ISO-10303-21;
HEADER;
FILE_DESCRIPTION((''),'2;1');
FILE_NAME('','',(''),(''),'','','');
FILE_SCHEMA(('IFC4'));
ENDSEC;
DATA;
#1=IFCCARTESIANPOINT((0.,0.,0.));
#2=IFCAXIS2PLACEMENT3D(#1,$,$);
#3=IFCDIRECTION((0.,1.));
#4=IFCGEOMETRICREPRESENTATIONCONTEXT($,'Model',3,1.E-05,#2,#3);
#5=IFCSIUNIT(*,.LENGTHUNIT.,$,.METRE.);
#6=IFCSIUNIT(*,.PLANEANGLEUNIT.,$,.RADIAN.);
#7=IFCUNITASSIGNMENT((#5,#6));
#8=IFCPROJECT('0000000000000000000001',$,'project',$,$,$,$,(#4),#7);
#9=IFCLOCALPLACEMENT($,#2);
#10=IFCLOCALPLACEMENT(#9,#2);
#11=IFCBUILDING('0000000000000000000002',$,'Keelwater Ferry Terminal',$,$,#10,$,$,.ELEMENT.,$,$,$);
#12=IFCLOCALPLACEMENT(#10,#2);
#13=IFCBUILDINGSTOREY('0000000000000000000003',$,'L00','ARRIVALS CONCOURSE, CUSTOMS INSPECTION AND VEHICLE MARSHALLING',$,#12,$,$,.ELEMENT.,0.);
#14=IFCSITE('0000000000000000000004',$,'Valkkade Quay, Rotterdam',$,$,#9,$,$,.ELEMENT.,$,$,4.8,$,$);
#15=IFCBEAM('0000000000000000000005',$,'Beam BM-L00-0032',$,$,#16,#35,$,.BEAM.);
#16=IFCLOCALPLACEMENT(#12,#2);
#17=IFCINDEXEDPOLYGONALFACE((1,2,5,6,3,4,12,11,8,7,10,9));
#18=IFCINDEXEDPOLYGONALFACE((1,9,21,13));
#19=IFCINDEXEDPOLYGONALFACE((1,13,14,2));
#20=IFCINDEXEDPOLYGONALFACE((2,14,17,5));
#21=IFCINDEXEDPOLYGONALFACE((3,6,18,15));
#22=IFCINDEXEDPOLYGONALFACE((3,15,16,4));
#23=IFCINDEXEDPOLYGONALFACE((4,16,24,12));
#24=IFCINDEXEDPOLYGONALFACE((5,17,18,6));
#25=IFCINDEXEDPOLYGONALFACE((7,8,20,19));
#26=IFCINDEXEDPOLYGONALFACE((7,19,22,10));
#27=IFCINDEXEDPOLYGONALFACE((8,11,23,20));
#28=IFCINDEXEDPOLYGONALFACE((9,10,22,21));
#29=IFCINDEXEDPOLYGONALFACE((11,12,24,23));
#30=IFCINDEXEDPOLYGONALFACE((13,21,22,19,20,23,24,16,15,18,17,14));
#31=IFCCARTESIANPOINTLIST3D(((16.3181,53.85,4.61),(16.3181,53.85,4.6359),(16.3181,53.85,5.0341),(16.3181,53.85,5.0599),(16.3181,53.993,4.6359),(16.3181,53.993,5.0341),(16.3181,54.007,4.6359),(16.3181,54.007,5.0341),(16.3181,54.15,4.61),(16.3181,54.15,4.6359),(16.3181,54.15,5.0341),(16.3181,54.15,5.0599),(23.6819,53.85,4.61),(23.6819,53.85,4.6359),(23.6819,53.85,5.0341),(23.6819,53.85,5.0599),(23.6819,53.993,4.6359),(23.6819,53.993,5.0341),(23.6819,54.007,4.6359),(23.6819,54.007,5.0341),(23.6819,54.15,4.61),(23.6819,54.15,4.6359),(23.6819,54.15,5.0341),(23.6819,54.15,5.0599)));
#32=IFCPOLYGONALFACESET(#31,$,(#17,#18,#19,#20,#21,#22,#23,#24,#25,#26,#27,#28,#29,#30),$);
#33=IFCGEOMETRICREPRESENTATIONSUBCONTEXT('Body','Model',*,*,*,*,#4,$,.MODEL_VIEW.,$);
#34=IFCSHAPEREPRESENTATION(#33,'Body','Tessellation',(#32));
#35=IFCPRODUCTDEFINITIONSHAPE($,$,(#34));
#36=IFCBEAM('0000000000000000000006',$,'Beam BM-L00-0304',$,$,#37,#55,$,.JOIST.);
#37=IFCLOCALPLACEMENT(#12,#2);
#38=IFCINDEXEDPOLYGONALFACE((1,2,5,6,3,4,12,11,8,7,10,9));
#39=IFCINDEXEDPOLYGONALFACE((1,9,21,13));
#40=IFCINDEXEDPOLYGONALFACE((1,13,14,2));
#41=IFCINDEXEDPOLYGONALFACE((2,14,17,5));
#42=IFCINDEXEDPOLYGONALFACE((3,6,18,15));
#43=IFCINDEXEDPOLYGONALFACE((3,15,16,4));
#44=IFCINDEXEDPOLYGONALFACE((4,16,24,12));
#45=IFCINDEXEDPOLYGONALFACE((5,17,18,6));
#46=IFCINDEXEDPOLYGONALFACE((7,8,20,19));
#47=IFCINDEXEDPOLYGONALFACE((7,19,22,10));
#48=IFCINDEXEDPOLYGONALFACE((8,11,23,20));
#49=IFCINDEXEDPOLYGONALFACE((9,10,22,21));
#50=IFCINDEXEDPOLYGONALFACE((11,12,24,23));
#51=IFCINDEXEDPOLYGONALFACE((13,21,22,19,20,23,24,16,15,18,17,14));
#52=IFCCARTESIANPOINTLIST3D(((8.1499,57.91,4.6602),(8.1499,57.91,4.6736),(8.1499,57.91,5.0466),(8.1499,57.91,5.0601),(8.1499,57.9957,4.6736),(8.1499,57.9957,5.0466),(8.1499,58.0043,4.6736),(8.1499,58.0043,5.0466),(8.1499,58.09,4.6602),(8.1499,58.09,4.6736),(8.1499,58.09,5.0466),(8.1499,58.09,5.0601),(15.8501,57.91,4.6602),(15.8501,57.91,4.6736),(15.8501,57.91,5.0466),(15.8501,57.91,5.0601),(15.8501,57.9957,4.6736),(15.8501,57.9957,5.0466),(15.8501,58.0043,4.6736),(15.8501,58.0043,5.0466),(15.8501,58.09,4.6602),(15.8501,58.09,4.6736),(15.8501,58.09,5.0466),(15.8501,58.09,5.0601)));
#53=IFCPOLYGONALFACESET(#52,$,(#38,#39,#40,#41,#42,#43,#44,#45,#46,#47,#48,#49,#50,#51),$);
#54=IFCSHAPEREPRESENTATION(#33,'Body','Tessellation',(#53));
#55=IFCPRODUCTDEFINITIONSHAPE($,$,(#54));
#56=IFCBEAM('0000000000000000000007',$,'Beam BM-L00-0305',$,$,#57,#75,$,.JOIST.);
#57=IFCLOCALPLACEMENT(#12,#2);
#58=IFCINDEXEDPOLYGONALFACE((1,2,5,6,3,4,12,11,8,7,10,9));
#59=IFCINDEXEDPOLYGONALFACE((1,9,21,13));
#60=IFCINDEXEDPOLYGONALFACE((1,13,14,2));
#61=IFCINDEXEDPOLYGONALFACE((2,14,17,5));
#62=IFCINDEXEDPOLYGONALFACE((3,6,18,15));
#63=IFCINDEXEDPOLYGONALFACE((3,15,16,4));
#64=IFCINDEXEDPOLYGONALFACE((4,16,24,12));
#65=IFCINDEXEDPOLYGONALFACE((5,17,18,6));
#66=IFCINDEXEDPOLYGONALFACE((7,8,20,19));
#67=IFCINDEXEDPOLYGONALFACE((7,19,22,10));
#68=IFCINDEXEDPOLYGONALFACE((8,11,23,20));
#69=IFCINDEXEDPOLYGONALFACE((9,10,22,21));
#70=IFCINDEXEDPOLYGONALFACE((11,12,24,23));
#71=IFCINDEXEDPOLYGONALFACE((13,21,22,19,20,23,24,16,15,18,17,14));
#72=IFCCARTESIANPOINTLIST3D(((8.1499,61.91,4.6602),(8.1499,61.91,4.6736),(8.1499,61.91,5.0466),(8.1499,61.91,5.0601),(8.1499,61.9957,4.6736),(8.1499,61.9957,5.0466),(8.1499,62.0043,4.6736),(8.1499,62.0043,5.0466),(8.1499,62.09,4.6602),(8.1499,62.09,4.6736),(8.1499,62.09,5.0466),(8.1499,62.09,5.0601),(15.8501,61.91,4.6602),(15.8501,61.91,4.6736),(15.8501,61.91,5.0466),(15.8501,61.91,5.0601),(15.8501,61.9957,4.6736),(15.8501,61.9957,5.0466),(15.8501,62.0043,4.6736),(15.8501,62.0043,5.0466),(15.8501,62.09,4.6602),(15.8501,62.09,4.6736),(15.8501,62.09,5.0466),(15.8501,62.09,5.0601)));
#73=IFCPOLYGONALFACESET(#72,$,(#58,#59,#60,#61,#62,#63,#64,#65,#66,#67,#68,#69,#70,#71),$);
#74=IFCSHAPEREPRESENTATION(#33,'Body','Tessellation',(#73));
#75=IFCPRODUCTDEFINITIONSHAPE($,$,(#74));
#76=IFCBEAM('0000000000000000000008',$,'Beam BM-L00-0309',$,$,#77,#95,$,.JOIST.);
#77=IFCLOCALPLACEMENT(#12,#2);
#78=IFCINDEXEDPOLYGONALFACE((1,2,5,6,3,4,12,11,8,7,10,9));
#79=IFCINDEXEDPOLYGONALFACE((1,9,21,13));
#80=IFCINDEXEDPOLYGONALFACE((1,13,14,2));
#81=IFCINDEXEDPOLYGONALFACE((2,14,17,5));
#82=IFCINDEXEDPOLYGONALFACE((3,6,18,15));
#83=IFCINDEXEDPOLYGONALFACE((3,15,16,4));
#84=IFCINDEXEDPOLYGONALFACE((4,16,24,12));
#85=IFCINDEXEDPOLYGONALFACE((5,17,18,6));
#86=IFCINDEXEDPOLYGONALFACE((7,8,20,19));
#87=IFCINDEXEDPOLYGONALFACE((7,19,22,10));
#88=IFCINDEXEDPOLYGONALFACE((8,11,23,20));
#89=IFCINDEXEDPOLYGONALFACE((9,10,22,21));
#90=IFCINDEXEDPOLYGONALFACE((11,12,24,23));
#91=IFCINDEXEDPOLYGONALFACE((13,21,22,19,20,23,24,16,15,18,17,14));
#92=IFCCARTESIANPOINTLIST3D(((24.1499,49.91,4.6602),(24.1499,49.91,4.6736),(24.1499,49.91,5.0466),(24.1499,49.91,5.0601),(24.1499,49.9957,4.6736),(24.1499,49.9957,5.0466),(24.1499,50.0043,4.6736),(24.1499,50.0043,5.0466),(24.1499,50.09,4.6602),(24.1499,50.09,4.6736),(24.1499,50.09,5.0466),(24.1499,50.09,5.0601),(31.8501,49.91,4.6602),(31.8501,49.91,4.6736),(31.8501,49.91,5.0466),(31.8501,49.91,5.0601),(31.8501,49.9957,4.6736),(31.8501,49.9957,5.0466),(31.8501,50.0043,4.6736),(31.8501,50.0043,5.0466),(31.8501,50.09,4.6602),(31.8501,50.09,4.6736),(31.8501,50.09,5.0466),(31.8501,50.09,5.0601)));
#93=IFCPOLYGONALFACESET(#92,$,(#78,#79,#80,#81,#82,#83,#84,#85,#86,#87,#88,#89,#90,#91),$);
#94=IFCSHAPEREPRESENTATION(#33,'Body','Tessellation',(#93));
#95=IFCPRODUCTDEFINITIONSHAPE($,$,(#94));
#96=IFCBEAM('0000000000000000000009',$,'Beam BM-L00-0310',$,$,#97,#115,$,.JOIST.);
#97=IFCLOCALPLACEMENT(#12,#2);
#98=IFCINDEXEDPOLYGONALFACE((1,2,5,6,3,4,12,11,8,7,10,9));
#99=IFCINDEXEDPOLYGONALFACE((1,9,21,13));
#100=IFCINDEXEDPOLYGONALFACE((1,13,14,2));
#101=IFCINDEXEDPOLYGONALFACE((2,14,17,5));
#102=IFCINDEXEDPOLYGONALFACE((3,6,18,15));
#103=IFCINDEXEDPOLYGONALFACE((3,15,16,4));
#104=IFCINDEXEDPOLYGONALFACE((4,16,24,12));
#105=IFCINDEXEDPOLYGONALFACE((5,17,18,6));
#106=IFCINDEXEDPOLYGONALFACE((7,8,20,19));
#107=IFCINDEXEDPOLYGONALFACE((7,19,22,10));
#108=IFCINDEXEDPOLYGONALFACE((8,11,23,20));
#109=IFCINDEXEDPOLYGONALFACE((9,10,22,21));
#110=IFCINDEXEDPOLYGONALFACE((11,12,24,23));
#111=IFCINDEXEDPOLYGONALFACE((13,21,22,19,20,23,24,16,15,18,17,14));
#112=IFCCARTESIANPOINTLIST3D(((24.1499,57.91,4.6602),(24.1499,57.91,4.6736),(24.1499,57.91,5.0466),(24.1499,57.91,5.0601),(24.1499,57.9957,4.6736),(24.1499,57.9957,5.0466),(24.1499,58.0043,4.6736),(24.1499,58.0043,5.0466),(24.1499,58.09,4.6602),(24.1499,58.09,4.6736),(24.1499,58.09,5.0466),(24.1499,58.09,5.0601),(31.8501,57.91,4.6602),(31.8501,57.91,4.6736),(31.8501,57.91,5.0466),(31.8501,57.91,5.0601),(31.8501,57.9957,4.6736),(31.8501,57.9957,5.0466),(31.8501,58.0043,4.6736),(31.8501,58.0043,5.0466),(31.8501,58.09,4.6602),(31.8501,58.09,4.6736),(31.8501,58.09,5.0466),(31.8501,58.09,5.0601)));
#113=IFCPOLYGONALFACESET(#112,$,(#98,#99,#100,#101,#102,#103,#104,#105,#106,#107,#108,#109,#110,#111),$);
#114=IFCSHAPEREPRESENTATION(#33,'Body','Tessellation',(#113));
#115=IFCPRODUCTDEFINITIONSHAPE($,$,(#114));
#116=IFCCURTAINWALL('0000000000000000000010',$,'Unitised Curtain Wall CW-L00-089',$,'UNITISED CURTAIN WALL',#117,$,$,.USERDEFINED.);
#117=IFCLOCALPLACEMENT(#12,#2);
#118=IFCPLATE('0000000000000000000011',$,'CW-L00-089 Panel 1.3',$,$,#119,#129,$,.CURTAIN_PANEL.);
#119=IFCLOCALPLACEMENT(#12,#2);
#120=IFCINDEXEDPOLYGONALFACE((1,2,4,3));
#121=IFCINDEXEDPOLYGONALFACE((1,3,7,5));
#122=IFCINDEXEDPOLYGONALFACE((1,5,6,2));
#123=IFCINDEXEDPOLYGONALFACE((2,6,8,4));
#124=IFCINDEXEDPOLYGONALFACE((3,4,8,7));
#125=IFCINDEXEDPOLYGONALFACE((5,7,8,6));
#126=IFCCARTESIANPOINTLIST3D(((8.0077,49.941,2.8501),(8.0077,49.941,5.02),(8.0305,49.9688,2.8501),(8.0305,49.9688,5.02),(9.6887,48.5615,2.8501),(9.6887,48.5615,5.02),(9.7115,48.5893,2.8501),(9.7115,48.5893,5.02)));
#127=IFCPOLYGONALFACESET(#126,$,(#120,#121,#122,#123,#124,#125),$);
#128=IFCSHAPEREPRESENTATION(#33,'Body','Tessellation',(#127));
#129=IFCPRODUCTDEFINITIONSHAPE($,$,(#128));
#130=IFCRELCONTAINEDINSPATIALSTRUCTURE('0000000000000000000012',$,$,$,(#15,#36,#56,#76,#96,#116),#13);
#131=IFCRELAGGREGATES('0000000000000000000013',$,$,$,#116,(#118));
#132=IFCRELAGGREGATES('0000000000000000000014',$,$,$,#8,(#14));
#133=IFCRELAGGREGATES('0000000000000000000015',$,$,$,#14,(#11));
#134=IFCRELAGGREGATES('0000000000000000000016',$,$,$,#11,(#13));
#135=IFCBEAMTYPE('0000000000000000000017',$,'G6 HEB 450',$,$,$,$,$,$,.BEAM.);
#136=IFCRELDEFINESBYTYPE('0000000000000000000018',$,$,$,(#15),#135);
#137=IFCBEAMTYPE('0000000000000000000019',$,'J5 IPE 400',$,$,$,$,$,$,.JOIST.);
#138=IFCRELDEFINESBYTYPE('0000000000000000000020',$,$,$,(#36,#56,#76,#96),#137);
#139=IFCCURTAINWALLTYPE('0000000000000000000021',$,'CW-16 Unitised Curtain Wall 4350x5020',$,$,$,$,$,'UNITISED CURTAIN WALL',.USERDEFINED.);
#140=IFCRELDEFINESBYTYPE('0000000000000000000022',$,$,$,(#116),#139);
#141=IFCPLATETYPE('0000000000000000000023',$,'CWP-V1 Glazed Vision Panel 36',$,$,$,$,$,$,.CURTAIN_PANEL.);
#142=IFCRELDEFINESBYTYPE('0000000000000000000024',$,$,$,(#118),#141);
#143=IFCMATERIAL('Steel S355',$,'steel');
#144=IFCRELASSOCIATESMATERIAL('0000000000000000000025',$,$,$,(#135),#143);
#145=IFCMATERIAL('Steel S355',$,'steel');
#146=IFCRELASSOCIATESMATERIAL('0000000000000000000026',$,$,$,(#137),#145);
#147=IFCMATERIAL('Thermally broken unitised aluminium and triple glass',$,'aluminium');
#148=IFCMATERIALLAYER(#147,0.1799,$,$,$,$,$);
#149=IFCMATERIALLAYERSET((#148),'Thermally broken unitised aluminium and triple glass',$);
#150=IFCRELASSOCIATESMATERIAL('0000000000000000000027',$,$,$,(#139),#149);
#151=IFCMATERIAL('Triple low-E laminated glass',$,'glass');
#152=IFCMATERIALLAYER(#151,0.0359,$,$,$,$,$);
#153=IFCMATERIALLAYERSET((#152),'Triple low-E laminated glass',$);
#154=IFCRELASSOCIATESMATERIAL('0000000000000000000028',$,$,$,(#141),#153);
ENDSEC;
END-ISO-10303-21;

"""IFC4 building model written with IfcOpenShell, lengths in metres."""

from ifc_helpers import new_model, si_unit, direction, frame, origin, origin_2d, place, context, subcontext, project, spatial, rectangle, i_section, extrude, material, layer, layer_set, material_profile, profile_set, type_object, element, aggregate, save


model = new_model("IFC4")

# Units and contexts
model_context = context("Model", 3, precision=1e-05, world=origin(), true_north=direction((0.0, 1.0)))
body_context = subcontext(model_context, "Body", "Model", "MODEL_VIEW")
ifc_project = project(units=[si_unit("LENGTHUNIT", "METRE"), si_unit("PLANEANGLEUNIT", "RADIAN")], contexts=[model_context])

# Site, building, storey
site_placement = place(None, origin())
site = spatial("IfcSite", under=ifc_project, at=site_placement, Name="Valkkade Quay, Rotterdam", CompositionType="ELEMENT", RefElevation=4.8)
building_placement = place(site_placement, origin())
building = spatial("IfcBuilding", under=site, at=building_placement, Name="Keelwater Ferry Terminal", CompositionType="ELEMENT")
storey_placement = place(building_placement, origin())
storey = spatial("IfcBuildingStorey", under=building, at=storey_placement, Name="L00", Description="ARRIVALS CONCOURSE, CUSTOMS INSPECTION AND VEHICLE MARSHALLING", CompositionType="ELEMENT", Elevation=0.0)

# Beams
ifc_material_1 = material(Name="Steel S355", Category="steel")
ifc_material_profile_1 = material_profile(ifc_material_1, i_section(OverallWidth=0.3, OverallDepth=0.45, WebThickness=0.0139, FlangeThickness=0.0259, at=origin_2d()), Name="HEB 450")
ifc_profile_set_1 = profile_set([ifc_material_profile_1], Name="Steel S355")
beam_type_1 = type_object("IfcBeamType", Name="G6 HEB 450", PredefinedType="BEAM", material=ifc_profile_set_1)
for number, where, z_axis, x_axis, name in (
    (1, (16.3181, 54.0, 4.835), (1.0, 0.0, 0.0), (0.0, 1.0, 0.0), "Beam BM-L00-0032"),
):
    element("IfcBeam", number, at=place(storey_placement, frame(where, z_axis=z_axis, x_axis=x_axis)), inside=storey, type_object=beam_type_1, Name=name, PredefinedType="BEAM", context=body_context, shape_type="SweptSolid", body=[
        extrude(i_section(OverallWidth=0.3, OverallDepth=0.45, WebThickness=0.0139, FlangeThickness=0.0259, at=origin_2d()), origin(), (0.0, 0.0, 1.0), 7.3638),
    ])
ifc_material_2 = material(Name="Steel S355", Category="steel")
ifc_material_profile_2 = material_profile(ifc_material_2, i_section(OverallWidth=0.1799, OverallDepth=0.3999, WebThickness=0.0085, FlangeThickness=0.0134, at=origin_2d()), Name="IPE 400")
ifc_profile_set_2 = profile_set([ifc_material_profile_2], Name="Steel S355")
beam_type_2 = type_object("IfcBeamType", Name="J5 IPE 400", PredefinedType="JOIST", material=ifc_profile_set_2)
for number, where, z_axis, x_axis, name in (
    (2, (8.1499, 58.0, 4.8601), (1.0, 0.0, 0.0), (0.0, 1.0, 0.0), "Beam BM-L00-0304"),
    (3, (8.1499, 62.0, 4.8601), (1.0, 0.0, 0.0), (0.0, 1.0, 0.0), "Beam BM-L00-0305"),
    (4, (24.1499, 50.0, 4.8601), (1.0, 0.0, 0.0), (0.0, 1.0, 0.0), "Beam BM-L00-0309"),
    (5, (24.1499, 58.0, 4.8601), (1.0, 0.0, 0.0), (0.0, 1.0, 0.0), "Beam BM-L00-0310"),
):
    element("IfcBeam", number, at=place(storey_placement, frame(where, z_axis=z_axis, x_axis=x_axis)), inside=storey, type_object=beam_type_2, Name=name, PredefinedType="JOIST", context=body_context, shape_type="SweptSolid", body=[
        extrude(i_section(OverallWidth=0.1799, OverallDepth=0.3999, WebThickness=0.0085, FlangeThickness=0.0134, at=origin_2d()), origin(), (0.0, 0.0, 1.0), 7.7002),
    ])

# Curtain wall, plate
ifc_material_3 = material(Name="Thermally broken unitised aluminium and triple glass", Category="aluminium")
ifc_layer_1 = layer(ifc_material_3, 0.1799)
ifc_layer_set_1 = layer_set([ifc_layer_1], Name="Thermally broken unitised aluminium and triple glass")
curtain_wall_type = type_object("IfcCurtainWallType", Name="CW-16 Unitised Curtain Wall 4350x5020", ElementType="UNITISED CURTAIN WALL", PredefinedType="USERDEFINED", material=ifc_layer_set_1)
curtain_wall_placement = place(storey_placement, origin())
curtain_wall = element("IfcCurtainWall", 6, at=curtain_wall_placement, inside=storey, type_object=curtain_wall_type, Name="Unitised Curtain Wall CW-L00-089", ObjectType="UNITISED CURTAIN WALL", PredefinedType="USERDEFINED")
ifc_material_4 = material(Name="Triple low-E laminated glass", Category="glass")
ifc_layer_2 = layer(ifc_material_4, 0.0359)
ifc_layer_set_2 = layer_set([ifc_layer_2], Name="Triple low-E laminated glass")
plate_type = type_object("IfcPlateType", Name="CWP-V1 Glazed Vision Panel 36", PredefinedType="CURTAIN_PANEL", material=ifc_layer_set_2)
plate_placement = place(storey_placement, frame((8.8596, 49.2651, 2.8501), z_axis=(0.0, 0.0, 1.0), x_axis=(0.773024, -0.634377, 0.0)))
plate = element("IfcPlate", 7, at=plate_placement, type_object=plate_type, Name="CW-L00-089 Panel 1.3", PredefinedType="CURTAIN_PANEL", context=body_context, shape_type="SweptSolid", body=[
    extrude(rectangle(XDim=2.1746, YDim=0.0359, at=origin_2d()), origin(), (0.0, 0.0, 1.0), 2.1699),
])
aggregate(curtain_wall, [plate])

save(model, "model.ifc")
